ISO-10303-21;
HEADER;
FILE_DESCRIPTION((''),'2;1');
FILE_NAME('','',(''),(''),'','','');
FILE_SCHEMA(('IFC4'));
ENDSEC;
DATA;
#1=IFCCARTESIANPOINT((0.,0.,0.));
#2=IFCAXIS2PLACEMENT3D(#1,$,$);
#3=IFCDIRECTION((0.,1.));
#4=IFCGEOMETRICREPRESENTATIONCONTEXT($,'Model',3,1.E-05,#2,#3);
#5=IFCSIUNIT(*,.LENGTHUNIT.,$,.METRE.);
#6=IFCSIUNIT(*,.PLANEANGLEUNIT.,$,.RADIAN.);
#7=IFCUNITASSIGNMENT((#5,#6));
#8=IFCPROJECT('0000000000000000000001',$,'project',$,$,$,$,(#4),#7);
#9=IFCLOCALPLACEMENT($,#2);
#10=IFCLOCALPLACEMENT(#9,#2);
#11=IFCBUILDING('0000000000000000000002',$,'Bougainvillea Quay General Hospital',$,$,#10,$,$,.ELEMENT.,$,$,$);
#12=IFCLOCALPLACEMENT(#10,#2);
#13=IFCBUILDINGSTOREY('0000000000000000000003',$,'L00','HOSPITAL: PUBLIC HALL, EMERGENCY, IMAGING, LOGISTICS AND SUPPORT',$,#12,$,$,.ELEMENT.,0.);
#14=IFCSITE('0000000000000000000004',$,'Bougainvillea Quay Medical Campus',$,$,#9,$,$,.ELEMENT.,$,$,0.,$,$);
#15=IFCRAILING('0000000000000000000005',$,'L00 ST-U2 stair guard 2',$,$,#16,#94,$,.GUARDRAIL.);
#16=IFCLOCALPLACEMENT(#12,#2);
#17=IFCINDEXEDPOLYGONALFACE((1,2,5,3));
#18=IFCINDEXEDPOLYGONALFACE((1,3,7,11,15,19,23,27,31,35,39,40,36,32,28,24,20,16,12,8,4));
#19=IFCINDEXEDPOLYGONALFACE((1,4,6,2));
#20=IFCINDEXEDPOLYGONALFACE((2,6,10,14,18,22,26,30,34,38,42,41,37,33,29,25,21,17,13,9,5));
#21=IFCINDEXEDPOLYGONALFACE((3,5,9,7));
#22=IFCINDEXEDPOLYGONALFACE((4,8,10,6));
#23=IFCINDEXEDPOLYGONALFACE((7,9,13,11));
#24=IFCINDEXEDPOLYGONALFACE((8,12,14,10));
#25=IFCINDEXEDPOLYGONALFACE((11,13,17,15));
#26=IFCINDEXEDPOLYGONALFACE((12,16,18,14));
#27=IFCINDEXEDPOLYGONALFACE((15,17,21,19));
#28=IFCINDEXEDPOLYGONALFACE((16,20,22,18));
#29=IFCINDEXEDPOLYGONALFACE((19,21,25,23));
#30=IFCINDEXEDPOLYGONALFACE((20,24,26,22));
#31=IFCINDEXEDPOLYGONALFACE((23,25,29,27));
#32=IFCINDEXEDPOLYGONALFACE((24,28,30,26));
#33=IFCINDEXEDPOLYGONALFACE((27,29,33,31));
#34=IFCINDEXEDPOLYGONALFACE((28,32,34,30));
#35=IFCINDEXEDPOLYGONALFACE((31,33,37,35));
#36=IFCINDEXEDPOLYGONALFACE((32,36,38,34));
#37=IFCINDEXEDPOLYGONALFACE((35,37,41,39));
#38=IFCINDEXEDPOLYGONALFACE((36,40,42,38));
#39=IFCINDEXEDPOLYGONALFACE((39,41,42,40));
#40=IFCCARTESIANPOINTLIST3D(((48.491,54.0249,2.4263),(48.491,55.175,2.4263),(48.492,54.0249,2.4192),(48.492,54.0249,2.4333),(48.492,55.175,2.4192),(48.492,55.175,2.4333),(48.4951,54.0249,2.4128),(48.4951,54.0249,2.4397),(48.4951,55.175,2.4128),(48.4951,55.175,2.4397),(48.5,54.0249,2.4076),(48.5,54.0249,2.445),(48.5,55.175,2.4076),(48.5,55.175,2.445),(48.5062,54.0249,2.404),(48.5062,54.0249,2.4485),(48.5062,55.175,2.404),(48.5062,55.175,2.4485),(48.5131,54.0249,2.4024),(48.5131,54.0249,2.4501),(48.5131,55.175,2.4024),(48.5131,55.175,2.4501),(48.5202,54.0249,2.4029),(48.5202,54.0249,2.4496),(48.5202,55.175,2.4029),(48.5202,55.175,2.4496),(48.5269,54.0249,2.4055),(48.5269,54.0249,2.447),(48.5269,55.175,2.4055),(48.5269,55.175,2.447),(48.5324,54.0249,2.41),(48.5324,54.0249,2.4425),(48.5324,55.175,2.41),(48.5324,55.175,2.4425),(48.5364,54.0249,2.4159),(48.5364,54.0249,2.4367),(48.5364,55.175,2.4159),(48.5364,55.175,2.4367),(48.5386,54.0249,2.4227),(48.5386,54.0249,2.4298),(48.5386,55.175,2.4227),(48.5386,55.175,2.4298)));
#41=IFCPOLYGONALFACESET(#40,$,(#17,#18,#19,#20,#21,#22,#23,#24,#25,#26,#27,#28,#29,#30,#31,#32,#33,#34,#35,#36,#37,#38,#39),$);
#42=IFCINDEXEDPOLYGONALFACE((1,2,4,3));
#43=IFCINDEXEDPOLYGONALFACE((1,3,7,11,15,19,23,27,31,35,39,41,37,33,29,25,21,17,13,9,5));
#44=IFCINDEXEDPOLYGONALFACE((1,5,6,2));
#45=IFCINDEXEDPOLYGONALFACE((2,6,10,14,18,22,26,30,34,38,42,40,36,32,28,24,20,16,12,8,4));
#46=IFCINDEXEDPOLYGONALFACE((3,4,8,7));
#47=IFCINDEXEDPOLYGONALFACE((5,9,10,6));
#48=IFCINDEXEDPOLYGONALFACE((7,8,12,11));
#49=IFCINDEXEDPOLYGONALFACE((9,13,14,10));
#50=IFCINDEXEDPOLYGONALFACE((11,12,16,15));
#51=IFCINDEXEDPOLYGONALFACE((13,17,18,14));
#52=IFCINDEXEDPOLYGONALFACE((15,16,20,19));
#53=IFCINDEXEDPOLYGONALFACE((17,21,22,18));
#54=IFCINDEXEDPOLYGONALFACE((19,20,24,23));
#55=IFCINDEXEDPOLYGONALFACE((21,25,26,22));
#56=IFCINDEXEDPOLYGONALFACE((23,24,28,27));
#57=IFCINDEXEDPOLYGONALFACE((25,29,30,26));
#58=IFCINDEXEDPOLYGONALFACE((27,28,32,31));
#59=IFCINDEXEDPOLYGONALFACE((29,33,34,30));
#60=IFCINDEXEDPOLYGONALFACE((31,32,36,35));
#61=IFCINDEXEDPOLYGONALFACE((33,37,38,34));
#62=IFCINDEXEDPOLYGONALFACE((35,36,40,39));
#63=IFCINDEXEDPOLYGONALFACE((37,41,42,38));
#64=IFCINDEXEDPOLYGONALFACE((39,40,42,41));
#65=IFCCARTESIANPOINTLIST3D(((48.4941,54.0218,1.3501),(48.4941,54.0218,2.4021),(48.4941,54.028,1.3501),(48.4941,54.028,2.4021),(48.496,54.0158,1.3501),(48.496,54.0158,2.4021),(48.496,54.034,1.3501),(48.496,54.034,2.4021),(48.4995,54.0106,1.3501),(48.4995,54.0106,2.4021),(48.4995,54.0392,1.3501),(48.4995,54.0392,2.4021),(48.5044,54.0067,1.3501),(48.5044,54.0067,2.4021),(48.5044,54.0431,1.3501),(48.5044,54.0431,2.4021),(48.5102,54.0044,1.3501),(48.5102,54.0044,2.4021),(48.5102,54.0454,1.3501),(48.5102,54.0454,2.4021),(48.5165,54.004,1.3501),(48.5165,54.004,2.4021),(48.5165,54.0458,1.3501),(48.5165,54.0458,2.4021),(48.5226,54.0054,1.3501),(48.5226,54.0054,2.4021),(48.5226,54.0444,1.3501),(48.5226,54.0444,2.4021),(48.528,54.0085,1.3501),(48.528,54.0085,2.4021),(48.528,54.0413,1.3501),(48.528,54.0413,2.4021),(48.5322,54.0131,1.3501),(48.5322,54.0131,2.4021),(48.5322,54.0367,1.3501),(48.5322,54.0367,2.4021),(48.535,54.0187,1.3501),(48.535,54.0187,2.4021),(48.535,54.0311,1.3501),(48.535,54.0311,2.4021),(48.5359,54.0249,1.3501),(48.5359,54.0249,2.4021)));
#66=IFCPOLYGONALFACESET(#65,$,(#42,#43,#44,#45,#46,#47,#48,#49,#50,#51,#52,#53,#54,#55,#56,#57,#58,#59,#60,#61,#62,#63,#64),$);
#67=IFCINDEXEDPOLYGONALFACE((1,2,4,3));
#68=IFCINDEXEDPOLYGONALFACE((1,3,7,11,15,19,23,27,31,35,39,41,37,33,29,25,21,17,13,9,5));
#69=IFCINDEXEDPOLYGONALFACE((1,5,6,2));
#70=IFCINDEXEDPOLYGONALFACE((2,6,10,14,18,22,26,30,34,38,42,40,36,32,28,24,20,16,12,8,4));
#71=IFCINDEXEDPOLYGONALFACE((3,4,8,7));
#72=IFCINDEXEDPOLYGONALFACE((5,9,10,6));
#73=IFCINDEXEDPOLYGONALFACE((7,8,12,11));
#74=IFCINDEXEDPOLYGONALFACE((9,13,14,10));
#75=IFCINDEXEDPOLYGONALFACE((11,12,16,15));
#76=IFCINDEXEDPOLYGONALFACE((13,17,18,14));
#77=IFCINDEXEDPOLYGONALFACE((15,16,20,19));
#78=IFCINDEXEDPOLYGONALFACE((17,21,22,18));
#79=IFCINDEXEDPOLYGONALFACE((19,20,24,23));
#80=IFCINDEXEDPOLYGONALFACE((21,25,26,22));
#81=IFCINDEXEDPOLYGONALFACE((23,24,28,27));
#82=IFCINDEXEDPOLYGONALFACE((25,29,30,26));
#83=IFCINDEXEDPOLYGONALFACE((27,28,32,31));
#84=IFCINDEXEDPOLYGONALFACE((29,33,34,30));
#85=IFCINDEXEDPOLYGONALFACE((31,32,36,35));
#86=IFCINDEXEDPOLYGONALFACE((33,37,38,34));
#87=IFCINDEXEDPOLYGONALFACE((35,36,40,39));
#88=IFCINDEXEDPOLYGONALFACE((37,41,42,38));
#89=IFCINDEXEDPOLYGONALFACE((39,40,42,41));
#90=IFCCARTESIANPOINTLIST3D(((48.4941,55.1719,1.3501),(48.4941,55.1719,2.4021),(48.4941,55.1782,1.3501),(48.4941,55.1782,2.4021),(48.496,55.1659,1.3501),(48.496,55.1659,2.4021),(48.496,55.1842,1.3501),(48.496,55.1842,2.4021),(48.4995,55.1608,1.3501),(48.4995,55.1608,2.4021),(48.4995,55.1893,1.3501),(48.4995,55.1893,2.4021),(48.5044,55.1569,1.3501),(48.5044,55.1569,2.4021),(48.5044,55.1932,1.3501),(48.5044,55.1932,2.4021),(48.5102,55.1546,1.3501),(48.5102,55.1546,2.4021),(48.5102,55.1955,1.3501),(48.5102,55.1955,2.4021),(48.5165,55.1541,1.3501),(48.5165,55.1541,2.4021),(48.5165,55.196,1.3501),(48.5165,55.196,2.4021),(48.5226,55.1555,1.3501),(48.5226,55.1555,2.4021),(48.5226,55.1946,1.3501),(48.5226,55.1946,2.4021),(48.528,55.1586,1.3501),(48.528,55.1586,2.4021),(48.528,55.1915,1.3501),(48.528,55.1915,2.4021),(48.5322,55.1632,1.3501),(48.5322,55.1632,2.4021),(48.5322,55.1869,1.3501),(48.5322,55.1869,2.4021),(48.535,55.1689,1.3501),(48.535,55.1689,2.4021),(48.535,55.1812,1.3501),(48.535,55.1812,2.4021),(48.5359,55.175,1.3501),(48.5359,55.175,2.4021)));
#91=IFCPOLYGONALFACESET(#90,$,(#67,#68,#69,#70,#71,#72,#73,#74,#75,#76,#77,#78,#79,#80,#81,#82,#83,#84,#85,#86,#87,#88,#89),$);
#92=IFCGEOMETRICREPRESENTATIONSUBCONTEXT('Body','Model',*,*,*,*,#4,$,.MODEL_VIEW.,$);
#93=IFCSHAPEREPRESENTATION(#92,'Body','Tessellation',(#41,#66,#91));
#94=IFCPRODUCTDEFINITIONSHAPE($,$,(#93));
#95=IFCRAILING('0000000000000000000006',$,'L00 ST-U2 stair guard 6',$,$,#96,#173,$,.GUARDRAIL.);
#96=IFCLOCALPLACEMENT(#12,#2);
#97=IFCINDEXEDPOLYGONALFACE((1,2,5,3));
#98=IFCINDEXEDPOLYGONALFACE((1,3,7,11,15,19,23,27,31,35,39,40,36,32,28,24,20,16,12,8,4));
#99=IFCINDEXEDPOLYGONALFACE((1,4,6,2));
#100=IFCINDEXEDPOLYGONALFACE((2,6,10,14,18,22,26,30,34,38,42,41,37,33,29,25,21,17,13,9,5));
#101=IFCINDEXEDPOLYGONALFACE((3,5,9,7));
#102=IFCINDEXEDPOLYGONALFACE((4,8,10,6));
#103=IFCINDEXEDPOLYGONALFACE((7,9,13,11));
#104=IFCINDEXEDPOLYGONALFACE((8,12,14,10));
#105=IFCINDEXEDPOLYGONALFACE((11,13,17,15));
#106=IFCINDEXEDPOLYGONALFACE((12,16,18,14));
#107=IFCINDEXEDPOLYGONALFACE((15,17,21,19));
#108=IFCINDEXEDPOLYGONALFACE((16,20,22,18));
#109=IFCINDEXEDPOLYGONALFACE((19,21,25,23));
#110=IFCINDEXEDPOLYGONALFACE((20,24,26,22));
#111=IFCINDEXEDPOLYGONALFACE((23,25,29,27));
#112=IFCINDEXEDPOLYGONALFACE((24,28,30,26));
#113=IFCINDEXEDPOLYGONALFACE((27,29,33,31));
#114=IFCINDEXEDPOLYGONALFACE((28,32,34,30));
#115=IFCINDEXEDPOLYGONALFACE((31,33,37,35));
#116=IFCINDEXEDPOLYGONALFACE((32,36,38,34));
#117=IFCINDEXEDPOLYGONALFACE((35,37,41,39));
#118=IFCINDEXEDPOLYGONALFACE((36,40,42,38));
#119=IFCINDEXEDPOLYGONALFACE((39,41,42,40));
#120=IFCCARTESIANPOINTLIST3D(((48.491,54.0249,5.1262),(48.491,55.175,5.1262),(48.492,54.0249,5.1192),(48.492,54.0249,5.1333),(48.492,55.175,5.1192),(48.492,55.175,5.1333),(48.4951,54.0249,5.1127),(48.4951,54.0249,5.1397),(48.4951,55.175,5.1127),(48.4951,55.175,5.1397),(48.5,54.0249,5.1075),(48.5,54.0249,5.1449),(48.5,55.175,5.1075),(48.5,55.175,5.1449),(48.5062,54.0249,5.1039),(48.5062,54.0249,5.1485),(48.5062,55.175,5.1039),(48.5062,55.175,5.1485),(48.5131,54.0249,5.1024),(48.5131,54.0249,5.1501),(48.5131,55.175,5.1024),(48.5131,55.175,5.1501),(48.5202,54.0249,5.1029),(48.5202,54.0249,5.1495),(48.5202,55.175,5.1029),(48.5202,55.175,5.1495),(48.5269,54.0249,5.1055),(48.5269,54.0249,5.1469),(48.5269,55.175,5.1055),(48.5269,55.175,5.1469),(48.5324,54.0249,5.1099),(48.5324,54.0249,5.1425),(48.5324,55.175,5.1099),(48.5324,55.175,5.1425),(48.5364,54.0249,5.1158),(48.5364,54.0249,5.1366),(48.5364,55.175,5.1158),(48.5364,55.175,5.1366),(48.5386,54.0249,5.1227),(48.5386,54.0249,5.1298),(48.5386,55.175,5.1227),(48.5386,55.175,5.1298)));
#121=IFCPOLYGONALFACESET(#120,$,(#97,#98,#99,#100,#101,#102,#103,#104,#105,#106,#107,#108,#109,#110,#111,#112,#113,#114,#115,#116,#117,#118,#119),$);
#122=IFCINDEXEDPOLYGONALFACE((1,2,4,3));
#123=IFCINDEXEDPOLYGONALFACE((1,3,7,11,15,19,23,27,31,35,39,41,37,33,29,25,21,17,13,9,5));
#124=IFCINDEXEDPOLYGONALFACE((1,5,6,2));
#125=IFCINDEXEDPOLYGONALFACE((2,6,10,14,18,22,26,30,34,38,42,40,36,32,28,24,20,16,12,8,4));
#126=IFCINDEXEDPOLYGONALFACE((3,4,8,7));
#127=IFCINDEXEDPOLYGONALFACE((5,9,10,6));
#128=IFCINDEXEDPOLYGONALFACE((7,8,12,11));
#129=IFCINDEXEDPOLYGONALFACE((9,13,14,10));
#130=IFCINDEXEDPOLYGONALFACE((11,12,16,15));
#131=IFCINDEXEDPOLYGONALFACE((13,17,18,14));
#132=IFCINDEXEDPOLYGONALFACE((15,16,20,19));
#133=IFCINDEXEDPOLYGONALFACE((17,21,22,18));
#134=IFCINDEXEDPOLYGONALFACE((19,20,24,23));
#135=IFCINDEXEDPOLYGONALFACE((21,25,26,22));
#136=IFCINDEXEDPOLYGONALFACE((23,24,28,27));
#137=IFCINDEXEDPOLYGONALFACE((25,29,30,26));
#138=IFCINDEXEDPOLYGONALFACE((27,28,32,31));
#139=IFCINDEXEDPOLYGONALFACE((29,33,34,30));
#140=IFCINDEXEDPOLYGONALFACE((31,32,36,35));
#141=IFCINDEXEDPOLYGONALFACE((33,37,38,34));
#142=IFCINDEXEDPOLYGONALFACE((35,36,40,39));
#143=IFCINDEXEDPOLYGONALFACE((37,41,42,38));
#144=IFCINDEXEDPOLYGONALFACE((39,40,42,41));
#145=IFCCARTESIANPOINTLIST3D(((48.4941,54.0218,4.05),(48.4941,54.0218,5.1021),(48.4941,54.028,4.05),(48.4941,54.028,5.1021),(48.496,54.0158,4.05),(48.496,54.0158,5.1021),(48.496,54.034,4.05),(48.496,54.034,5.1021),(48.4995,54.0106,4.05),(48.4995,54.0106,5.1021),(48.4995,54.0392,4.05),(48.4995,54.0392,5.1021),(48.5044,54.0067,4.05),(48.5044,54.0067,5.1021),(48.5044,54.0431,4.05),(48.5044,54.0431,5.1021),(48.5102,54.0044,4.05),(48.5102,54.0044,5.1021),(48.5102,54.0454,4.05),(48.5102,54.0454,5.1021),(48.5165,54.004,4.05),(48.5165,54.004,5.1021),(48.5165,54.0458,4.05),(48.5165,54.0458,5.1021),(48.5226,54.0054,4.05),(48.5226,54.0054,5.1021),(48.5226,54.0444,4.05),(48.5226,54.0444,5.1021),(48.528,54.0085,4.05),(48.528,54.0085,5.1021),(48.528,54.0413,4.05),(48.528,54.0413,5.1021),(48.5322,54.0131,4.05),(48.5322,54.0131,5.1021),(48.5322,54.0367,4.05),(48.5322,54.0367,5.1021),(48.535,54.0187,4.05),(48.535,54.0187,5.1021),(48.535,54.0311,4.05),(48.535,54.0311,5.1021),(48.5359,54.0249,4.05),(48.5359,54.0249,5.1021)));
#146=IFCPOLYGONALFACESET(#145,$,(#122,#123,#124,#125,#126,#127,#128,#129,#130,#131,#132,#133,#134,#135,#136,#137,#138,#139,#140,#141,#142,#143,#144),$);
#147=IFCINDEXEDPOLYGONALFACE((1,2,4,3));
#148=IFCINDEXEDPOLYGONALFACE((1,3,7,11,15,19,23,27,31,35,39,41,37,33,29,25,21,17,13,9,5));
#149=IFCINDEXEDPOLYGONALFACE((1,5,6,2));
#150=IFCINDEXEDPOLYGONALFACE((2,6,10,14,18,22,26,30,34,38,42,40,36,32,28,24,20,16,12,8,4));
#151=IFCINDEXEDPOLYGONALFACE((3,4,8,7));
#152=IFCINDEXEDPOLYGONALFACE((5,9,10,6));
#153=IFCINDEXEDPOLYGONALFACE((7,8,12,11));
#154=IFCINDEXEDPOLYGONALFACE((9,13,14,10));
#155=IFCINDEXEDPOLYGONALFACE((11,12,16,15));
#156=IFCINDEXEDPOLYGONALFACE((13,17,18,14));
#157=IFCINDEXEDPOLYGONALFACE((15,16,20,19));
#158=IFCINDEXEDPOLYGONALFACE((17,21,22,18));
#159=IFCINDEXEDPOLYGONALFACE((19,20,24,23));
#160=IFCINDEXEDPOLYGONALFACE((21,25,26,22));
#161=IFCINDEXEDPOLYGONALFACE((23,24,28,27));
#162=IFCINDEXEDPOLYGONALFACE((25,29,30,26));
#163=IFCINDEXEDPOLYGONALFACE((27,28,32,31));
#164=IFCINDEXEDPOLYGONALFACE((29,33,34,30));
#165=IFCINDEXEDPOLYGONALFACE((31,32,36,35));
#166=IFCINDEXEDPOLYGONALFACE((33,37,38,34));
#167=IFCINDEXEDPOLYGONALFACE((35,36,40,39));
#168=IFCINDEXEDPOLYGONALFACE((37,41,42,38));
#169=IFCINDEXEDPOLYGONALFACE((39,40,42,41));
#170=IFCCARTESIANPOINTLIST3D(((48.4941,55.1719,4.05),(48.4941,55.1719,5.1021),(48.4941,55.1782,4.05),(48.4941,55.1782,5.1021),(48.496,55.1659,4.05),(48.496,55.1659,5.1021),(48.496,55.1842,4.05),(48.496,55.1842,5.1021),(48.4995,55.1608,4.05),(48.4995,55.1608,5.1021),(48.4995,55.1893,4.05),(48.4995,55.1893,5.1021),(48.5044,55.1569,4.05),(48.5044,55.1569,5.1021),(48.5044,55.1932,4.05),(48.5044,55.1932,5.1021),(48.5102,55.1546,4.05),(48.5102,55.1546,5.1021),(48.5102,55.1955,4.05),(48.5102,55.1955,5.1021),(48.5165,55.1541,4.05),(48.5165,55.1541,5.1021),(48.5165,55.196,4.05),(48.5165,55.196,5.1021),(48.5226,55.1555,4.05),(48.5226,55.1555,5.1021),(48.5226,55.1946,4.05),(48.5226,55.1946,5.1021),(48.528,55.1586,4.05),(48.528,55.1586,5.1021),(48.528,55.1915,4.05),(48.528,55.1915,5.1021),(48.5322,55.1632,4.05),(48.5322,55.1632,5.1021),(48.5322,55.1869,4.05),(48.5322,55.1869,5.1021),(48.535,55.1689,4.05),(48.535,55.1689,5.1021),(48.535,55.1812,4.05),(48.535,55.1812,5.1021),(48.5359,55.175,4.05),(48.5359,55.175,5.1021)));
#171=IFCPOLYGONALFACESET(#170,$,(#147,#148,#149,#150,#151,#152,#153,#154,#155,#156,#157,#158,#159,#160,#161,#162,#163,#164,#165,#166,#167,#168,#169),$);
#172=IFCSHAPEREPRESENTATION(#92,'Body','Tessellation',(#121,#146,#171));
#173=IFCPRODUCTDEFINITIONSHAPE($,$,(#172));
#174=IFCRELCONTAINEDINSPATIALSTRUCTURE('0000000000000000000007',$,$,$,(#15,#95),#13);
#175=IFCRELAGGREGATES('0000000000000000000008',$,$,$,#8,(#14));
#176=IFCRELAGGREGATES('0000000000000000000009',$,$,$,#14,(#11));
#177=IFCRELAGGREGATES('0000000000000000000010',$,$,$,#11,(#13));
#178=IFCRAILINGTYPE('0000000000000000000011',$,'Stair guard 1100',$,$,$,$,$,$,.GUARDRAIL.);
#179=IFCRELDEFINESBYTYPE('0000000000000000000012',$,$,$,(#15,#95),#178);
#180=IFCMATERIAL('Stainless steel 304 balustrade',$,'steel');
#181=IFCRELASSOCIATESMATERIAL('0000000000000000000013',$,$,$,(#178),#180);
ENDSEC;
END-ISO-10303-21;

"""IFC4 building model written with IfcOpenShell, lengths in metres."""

from ifc_helpers import new_model, si_unit, direction, frame, origin, origin_2d, place, context, subcontext, project, spatial, circle, extrude, material, type_object, element, save


model = new_model("IFC4")

# Units and contexts
model_context = context("Model", 3, precision=1e-05, world=origin(), true_north=direction((0.0, 1.0)))
body_context = subcontext(model_context, "Body", "Model", "MODEL_VIEW")
ifc_project = project(units=[si_unit("LENGTHUNIT", "METRE"), si_unit("PLANEANGLEUNIT", "RADIAN")], contexts=[model_context])

# Site, building, storey
site_placement = place(None, origin())
site = spatial("IfcSite", under=ifc_project, at=site_placement, Name="Bougainvillea Quay Medical Campus", CompositionType="ELEMENT", RefElevation=0.0)
building_placement = place(site_placement, origin())
building = spatial("IfcBuilding", under=site, at=building_placement, Name="Bougainvillea Quay General Hospital", CompositionType="ELEMENT")
storey_placement = place(building_placement, origin())
storey = spatial("IfcBuildingStorey", under=building, at=storey_placement, Name="L00", Description="HOSPITAL: PUBLIC HALL, EMERGENCY, IMAGING, LOGISTICS AND SUPPORT", CompositionType="ELEMENT", Elevation=0.0)

# Railings
ifc_material_1 = material(Name="Stainless steel 304 balustrade", Category="steel")
railing_type_1 = type_object("IfcRailingType", Name="Stair guard 1100", PredefinedType="GUARDRAIL", material=ifc_material_1)
for number, where, name in (
    (1, (48.5149, 54.0249, 1.3501), "L00 ST-U2 stair guard 2"),
    (2, (48.5149, 54.0249, 4.05), "L00 ST-U2 stair guard 6"),
):
    element("IfcRailing", number, at=place(storey_placement, frame(where)), inside=storey, type_object=railing_type_1, Name=name, PredefinedType="GUARDRAIL", context=body_context, shape_type="SweptSolid", body=[
        extrude(circle(Radius=0.0239, at=origin_2d()), frame((0.0, 0.0, 1.0762), z_axis=(0.0, 1.0, 0.0), x_axis=(-1.0, 0.0, 0.0)), (0.0, 0.0, 1.0), 1.1501),
        extrude(circle(Radius=0.021, at=origin_2d()), origin(), (0.0, 0.0, 1.0), 1.052),
        extrude(circle(Radius=0.021, at=origin_2d()), frame((0.0, 1.1501, 0.0)), (0.0, 0.0, 1.0), 1.052),
    ])

save(model, "model.ifc")
